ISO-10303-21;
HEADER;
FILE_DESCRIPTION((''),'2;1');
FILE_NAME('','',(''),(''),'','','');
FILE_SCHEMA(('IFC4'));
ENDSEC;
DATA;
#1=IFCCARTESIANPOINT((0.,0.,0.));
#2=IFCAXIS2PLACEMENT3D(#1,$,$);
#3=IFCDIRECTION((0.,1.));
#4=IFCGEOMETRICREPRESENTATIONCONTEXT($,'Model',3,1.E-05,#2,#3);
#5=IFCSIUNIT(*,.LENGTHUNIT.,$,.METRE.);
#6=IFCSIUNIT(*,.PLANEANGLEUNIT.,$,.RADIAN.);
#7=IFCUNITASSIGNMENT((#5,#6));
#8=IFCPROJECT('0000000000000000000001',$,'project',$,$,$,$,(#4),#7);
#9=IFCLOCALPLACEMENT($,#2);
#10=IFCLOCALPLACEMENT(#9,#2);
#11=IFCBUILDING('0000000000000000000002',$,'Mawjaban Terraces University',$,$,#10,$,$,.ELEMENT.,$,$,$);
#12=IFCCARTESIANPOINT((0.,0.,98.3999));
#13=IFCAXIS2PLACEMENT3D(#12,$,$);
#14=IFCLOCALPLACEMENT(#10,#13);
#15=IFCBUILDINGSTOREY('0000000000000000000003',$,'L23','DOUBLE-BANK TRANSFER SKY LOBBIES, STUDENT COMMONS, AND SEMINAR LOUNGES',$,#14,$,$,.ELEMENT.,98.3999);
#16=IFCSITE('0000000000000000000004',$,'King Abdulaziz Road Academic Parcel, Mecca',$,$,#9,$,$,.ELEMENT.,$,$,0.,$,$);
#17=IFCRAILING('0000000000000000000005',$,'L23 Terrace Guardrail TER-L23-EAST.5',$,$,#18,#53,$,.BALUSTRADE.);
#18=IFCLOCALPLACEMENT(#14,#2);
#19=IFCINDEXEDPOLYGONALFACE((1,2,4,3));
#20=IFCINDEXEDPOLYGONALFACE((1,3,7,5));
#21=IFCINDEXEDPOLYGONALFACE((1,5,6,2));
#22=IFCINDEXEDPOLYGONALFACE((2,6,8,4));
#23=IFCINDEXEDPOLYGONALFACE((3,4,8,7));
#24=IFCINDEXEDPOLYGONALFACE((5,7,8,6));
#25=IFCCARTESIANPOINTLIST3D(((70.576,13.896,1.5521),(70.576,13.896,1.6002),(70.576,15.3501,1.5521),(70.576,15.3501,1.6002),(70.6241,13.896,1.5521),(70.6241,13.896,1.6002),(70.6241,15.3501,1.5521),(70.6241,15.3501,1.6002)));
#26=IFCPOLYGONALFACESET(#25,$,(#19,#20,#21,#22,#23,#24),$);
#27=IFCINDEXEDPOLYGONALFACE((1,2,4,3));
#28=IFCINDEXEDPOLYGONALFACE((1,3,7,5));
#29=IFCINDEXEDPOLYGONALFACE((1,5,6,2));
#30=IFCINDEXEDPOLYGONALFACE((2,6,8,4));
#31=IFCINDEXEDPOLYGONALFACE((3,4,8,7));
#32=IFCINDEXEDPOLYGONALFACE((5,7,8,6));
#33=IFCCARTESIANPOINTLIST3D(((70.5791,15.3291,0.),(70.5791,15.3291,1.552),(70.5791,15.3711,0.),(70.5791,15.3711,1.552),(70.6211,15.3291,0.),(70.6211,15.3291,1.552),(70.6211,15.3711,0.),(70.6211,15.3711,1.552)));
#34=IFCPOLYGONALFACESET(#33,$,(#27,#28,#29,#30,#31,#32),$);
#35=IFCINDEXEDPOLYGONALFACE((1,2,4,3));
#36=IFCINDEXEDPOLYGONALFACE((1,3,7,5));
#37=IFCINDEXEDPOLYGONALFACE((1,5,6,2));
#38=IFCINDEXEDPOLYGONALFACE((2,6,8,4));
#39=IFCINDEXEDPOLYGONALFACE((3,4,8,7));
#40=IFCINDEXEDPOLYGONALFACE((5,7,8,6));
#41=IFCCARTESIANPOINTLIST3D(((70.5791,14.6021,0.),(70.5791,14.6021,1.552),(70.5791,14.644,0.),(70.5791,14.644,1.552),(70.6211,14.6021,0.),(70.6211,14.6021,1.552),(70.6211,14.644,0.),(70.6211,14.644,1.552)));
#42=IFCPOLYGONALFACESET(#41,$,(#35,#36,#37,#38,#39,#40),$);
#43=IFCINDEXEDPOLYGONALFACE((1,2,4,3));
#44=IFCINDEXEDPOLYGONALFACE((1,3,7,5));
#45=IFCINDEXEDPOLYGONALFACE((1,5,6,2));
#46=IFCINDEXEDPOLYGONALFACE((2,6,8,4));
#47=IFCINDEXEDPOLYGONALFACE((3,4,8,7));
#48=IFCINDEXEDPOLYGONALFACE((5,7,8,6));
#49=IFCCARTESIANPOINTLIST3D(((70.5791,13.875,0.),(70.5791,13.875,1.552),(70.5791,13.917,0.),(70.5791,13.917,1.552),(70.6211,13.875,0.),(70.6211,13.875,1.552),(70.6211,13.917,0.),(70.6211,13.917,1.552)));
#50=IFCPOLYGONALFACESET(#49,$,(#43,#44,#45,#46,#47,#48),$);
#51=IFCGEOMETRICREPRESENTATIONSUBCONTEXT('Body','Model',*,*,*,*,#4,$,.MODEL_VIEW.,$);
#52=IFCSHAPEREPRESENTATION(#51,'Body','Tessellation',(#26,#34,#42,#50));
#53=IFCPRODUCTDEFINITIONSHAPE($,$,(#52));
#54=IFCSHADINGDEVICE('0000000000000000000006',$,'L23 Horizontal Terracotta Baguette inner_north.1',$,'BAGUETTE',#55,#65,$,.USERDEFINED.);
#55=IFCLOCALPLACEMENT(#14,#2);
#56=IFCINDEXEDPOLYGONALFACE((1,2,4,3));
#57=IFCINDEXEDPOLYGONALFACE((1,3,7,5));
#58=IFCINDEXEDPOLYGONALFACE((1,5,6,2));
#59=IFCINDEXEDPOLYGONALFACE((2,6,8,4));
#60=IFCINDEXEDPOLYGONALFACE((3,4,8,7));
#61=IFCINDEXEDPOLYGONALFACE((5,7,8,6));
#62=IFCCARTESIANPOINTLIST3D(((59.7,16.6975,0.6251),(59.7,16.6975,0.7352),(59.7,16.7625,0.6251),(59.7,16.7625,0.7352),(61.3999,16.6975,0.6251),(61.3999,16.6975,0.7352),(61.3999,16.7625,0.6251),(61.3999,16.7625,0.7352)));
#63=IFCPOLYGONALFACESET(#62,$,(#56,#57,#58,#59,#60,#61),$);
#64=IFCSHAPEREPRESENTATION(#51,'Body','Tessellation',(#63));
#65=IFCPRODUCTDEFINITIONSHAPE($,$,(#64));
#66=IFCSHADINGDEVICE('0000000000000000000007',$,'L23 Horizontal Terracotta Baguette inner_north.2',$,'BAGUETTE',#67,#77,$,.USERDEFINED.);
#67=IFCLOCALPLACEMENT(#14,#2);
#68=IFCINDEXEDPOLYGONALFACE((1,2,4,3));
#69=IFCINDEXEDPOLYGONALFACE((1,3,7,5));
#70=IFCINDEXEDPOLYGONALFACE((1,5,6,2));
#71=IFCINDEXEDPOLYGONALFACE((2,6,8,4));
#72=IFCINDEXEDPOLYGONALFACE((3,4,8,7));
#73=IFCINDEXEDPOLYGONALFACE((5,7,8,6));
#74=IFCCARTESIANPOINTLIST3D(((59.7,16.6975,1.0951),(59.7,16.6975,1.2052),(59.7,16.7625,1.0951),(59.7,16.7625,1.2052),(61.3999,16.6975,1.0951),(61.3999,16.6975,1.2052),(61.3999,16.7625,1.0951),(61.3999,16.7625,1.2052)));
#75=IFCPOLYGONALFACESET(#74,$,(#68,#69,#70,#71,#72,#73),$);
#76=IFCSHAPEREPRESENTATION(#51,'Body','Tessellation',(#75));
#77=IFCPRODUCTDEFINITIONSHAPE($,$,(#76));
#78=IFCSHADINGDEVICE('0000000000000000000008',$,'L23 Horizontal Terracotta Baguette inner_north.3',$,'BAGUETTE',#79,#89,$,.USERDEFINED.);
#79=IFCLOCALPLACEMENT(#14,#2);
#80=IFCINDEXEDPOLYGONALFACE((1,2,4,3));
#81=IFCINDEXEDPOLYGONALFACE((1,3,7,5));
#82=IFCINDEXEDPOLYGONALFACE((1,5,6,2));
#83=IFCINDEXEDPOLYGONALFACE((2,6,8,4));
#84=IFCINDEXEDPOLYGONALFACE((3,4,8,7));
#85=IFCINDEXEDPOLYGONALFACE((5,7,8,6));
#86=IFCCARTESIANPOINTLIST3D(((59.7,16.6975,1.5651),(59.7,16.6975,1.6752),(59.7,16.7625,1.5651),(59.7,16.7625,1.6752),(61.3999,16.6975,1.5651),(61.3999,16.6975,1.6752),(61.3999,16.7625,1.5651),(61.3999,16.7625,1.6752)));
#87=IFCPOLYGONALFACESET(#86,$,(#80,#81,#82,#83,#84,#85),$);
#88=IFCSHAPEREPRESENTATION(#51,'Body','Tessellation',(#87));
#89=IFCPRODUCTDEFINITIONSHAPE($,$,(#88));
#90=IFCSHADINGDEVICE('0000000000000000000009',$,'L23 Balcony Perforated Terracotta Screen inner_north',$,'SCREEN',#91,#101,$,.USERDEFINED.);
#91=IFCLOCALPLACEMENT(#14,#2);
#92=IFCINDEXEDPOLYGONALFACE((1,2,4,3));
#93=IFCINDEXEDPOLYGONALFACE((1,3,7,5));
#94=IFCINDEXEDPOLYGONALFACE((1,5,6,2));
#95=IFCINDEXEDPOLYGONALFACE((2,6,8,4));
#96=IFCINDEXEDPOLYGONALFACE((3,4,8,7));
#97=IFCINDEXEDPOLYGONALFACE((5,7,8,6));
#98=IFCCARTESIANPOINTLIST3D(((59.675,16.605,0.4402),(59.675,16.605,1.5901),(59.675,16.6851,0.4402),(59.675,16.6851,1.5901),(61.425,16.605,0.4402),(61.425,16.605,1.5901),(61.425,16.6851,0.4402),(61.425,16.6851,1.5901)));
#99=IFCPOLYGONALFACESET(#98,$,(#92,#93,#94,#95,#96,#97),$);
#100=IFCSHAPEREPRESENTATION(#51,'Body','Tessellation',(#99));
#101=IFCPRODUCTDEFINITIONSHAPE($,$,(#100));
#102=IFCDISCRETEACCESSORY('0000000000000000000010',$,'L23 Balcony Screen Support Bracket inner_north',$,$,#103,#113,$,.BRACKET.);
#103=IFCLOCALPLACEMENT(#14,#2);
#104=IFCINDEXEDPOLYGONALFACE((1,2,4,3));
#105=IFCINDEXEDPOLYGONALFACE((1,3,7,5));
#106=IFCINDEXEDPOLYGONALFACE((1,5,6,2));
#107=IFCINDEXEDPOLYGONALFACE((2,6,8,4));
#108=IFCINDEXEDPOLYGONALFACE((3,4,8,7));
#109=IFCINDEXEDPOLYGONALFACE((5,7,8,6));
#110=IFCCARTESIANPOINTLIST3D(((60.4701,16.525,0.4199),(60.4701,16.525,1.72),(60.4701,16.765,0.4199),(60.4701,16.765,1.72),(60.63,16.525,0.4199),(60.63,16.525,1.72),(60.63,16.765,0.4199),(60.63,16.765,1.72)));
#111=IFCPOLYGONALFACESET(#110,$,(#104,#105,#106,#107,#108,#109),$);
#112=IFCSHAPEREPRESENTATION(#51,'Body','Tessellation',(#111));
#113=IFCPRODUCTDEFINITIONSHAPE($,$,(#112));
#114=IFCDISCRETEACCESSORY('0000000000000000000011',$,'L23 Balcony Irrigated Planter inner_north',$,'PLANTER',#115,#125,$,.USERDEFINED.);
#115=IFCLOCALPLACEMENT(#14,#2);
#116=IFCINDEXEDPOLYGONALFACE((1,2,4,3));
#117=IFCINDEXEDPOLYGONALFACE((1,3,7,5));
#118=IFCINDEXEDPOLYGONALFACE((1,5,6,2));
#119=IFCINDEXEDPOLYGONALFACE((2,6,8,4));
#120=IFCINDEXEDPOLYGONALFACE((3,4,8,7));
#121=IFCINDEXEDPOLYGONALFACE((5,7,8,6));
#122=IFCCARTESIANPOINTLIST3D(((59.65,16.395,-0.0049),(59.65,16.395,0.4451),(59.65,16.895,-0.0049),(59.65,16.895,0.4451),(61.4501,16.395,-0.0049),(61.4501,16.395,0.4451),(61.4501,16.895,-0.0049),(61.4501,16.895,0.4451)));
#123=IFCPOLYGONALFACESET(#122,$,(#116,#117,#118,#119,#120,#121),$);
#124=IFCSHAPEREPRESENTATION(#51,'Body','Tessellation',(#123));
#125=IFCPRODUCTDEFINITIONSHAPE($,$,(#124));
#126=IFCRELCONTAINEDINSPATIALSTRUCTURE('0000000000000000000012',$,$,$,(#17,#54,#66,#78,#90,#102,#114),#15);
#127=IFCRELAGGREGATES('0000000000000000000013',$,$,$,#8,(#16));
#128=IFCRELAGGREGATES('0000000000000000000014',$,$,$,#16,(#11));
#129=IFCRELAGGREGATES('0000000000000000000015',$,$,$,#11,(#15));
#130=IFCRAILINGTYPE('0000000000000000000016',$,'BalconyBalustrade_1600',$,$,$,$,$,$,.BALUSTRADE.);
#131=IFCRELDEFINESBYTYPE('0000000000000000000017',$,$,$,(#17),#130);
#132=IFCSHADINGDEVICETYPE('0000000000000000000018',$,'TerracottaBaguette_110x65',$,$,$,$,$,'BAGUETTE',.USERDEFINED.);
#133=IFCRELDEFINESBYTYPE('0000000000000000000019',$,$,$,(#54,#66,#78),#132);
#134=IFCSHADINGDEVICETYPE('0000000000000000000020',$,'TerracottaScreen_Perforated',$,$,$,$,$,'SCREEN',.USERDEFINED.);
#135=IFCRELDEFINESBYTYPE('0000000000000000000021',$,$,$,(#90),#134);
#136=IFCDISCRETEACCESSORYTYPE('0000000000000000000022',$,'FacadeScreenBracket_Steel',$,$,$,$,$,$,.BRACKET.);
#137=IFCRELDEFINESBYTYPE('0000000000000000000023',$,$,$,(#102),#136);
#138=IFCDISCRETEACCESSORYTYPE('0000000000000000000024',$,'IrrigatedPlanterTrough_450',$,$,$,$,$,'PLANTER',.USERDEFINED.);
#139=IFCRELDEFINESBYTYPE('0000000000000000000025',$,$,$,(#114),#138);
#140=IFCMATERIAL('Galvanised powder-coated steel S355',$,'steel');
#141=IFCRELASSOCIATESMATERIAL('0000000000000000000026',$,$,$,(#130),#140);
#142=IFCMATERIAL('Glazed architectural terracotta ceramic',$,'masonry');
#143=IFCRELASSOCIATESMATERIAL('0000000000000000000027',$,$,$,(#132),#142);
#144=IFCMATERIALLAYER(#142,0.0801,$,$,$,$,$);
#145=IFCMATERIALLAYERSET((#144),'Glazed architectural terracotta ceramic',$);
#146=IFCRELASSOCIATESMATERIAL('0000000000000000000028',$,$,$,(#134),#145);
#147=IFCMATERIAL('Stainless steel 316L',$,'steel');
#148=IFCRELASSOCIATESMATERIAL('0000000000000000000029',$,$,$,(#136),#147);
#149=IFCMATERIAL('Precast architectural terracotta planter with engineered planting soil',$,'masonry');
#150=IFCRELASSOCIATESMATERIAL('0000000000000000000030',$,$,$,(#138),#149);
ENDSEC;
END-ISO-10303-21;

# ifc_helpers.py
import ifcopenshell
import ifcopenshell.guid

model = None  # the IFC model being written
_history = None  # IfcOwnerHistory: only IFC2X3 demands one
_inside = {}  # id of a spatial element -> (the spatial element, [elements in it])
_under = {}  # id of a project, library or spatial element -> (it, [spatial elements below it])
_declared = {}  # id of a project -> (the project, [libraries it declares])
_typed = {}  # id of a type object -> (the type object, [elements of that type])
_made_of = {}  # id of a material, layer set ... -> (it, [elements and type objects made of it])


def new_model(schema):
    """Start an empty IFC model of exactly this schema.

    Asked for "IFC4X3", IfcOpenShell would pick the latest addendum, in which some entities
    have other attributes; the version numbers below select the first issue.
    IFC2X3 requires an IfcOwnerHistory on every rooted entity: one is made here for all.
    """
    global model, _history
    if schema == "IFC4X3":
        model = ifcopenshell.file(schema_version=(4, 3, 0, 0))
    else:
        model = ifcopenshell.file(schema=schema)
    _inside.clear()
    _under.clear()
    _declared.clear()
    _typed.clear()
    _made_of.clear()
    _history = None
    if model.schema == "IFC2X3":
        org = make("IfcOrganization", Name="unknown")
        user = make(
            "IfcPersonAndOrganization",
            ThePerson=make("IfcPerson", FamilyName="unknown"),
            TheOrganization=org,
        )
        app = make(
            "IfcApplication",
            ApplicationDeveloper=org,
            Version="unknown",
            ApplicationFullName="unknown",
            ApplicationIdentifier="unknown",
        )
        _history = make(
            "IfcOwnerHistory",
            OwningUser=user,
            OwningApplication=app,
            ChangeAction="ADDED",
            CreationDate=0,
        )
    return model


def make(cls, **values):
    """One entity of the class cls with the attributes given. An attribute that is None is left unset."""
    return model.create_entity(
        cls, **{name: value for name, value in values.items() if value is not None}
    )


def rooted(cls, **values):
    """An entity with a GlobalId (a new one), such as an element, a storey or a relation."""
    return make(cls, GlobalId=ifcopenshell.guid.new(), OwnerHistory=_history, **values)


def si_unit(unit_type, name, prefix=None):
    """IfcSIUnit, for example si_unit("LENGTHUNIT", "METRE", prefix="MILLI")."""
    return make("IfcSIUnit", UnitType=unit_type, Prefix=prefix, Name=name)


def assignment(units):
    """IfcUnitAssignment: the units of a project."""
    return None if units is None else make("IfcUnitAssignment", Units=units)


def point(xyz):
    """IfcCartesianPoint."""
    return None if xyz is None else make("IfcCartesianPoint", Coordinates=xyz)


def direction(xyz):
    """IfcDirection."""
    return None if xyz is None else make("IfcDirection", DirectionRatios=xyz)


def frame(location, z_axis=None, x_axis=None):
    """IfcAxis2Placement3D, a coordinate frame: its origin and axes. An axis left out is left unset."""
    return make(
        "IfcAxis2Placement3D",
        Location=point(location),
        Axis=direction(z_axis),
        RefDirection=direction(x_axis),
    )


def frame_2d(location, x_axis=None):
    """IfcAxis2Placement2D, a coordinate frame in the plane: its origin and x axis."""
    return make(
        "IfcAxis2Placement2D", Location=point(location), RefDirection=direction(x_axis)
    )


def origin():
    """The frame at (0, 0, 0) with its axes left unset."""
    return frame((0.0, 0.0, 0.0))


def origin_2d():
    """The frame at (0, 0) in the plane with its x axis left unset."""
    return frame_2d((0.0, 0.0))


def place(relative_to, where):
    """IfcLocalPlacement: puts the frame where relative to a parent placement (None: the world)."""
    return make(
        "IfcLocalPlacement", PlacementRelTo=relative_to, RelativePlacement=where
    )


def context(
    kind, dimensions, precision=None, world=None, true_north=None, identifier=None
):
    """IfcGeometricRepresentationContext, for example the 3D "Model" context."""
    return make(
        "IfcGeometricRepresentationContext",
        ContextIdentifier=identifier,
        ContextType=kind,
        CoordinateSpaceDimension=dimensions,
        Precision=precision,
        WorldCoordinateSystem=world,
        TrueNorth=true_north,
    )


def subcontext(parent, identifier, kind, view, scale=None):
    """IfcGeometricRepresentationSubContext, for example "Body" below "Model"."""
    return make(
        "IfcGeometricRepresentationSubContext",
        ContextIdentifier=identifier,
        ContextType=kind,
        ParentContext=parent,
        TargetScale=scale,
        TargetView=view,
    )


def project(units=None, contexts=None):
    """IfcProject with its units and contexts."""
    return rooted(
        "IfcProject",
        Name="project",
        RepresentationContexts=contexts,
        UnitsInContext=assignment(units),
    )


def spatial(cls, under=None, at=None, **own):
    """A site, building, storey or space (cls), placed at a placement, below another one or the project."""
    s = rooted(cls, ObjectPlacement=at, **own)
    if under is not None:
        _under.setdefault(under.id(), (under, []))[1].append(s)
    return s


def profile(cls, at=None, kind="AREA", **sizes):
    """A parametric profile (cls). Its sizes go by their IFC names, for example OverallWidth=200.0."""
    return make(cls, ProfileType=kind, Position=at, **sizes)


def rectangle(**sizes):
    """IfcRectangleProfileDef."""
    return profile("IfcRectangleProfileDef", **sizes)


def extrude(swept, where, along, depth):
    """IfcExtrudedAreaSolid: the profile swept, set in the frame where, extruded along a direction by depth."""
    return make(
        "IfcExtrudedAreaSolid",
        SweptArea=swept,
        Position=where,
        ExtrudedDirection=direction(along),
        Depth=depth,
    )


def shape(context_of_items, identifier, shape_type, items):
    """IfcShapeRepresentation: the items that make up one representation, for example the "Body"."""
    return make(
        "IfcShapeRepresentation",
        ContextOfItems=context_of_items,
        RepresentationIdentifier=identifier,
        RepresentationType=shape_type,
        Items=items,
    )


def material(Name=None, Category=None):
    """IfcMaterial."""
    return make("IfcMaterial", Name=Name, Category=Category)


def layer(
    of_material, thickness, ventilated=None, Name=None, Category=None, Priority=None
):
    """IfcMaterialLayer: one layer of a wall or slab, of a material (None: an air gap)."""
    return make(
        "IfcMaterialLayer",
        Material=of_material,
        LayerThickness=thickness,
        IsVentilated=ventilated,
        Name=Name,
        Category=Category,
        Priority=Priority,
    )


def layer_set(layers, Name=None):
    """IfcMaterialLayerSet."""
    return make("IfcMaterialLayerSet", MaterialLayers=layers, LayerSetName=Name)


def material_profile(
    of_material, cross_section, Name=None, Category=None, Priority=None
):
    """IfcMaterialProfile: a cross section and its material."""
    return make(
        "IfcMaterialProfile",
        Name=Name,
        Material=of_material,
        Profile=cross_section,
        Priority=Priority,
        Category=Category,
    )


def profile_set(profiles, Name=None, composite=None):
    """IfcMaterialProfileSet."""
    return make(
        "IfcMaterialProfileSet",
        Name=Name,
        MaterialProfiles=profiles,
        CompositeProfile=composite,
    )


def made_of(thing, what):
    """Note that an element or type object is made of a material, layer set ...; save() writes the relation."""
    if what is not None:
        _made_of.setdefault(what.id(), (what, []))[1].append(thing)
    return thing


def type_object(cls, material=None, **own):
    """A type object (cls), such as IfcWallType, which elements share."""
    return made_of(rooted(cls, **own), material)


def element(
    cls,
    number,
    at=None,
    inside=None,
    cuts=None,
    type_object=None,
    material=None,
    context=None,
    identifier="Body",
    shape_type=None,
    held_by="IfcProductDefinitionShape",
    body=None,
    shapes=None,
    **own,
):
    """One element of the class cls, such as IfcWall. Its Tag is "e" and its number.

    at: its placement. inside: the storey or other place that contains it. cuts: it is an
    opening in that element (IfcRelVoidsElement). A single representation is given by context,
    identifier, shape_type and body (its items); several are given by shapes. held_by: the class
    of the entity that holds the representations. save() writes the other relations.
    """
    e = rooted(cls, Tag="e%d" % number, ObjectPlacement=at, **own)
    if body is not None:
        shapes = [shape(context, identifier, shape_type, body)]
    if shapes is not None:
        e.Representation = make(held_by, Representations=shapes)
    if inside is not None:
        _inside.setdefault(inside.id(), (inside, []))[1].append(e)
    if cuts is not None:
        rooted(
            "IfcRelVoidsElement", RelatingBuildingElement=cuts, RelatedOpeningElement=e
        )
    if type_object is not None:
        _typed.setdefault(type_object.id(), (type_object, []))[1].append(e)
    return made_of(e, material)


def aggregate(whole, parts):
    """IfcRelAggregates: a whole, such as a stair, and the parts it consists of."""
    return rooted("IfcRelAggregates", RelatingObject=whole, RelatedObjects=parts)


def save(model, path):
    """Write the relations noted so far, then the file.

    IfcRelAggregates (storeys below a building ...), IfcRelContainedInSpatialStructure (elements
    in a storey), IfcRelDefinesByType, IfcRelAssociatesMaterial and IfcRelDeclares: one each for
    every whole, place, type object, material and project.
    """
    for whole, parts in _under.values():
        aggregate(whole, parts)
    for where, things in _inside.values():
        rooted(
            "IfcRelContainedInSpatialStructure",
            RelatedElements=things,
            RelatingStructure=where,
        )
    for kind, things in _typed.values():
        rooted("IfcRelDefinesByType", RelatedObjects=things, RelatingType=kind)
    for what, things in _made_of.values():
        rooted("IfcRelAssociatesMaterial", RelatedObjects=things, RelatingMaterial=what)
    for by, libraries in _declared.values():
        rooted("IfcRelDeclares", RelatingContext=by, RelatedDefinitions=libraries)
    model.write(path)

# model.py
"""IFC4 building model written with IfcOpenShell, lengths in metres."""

from ifc_helpers import new_model, si_unit, direction, frame, origin, origin_2d, place, context, subcontext, project, spatial, rectangle, extrude, material, layer, layer_set, material_profile, profile_set, type_object, element, save


model = new_model("IFC4")

# Units and contexts
model_context = context("Model", 3, precision=1e-05, world=origin(), true_north=direction((0.0, 1.0)))
body_context = subcontext(model_context, "Body", "Model", "MODEL_VIEW")
ifc_project = project(units=[si_unit("LENGTHUNIT", "METRE"), si_unit("PLANEANGLEUNIT", "RADIAN")], contexts=[model_context])

# Site, building, storey
site_placement = place(None, origin())
site = spatial("IfcSite", under=ifc_project, at=site_placement, Name="King Abdulaziz Road Academic Parcel, Mecca", CompositionType="ELEMENT", RefElevation=0.0)
building_placement = place(site_placement, origin())
building = spatial("IfcBuilding", under=site, at=building_placement, Name="Mawjaban Terraces University", CompositionType="ELEMENT")
storey_placement = place(building_placement, frame((0.0, 0.0, 98.3999)))
storey = spatial("IfcBuildingStorey", under=building, at=storey_placement, Name="L23", Description="DOUBLE-BANK TRANSFER SKY LOBBIES, STUDENT COMMONS, AND SEMINAR LOUNGES", CompositionType="ELEMENT", Elevation=98.3999)

# Railing
ifc_material_1 = material(Name="Galvanised powder-coated steel S355", Category="steel")
railing_type = type_object("IfcRailingType", Name="BalconyBalustrade_1600", PredefinedType="BALUSTRADE", material=ifc_material_1)
railing_1_placement = place(storey_placement, frame((70.6001, 15.3501, 0.0)))
element("IfcRailing", 1, at=railing_1_placement, inside=storey, type_object=railing_type, Name="L23 Terrace Guardrail TER-L23-EAST.5", PredefinedType="BALUSTRADE", context=body_context, shape_type="SweptSolid", body=[
    extrude(rectangle(XDim=0.0481, YDim=0.0481, at=origin_2d()), frame((0.0, 0.0, 1.5762), z_axis=(0.0, -1.0, 0.0), x_axis=(1.0, 0.0, 0.0)), (0.0, 0.0, 1.0), 1.4541),
    extrude(rectangle(XDim=0.042, YDim=0.042, at=origin_2d()), origin(), (0.0, 0.0, 1.0), 1.552),
    extrude(rectangle(XDim=0.042, YDim=0.042, at=origin_2d()), frame((0.0, -0.7271, 0.0)), (0.0, 0.0, 1.0), 1.552),
    extrude(rectangle(XDim=0.042, YDim=0.042, at=origin_2d()), frame((0.0, -1.4541, 0.0)), (0.0, 0.0, 1.0), 1.552),
])

# Shading devices
ifc_material_2 = material(Name="Glazed architectural terracotta ceramic", Category="masonry")
ifc_material_profile_1 = material_profile(ifc_material_2, rectangle(XDim=0.0649, YDim=0.1101, at=origin_2d()), Name="TBAG110X65")
ifc_profile_set_1 = profile_set([ifc_material_profile_1], Name="Glazed architectural terracotta ceramic")
shading_device_type_1 = type_object("IfcShadingDeviceType", Name="TerracottaBaguette_110x65", ElementType="BAGUETTE", PredefinedType="USERDEFINED", material=ifc_profile_set_1)
for number, where, z_axis, x_axis, name in (
    (2, (59.7, 16.73, 0.6802), (1.0, 0.0, 0.0), (0.0, 1.0, 0.0), "L23 Horizontal Terracotta Baguette inner_north.1"),
    (3, (59.7, 16.73, 1.1501), (1.0, 0.0, 0.0), (0.0, 1.0, 0.0), "L23 Horizontal Terracotta Baguette inner_north.2"),
    (4, (59.7, 16.73, 1.6201), (1.0, 0.0, 0.0), (0.0, 1.0, 0.0), "L23 Horizontal Terracotta Baguette inner_north.3"),
):
    element("IfcShadingDevice", number, at=place(storey_placement, frame(where, z_axis=z_axis, x_axis=x_axis)), inside=storey, type_object=shading_device_type_1, Name=name, ObjectType="BAGUETTE", PredefinedType="USERDEFINED", context=body_context, shape_type="SweptSolid", body=[
        extrude(rectangle(XDim=0.0649, YDim=0.1101, at=origin_2d()), origin(), (0.0, 0.0, 1.0), 1.7),
    ])
ifc_layer_1 = layer(ifc_material_2, 0.0801)
ifc_layer_set_1 = layer_set([ifc_layer_1], Name="Glazed architectural terracotta ceramic")
shading_device_type_2 = type_object("IfcShadingDeviceType", Name="TerracottaScreen_Perforated", ElementType="SCREEN", PredefinedType="USERDEFINED", material=ifc_layer_set_1)
shading_device_placement = place(storey_placement, frame((60.55, 16.645, 0.4402), z_axis=(0.0, 0.0, 1.0), x_axis=(1.0, 0.0, 0.0)))
element("IfcShadingDevice", 5, at=shading_device_placement, inside=storey, type_object=shading_device_type_2, Name="L23 Balcony Perforated Terracotta Screen inner_north", ObjectType="SCREEN", PredefinedType="USERDEFINED", context=body_context, shape_type="SweptSolid", body=[
    extrude(rectangle(XDim=1.75, YDim=0.0801, at=origin_2d()), origin(), (0.0, 0.0, 1.0), 1.1499),
])

# Discrete accessories
ifc_material_3 = material(Name="Stainless steel 316L", Category="steel")
discrete_accessory_type_1 = type_object("IfcDiscreteAccessoryType", Name="FacadeScreenBracket_Steel", PredefinedType="BRACKET", material=ifc_material_3)
discrete_accessory_1_placement = place(storey_placement, frame((60.55, 16.645, 0.4199), z_axis=(0.0, 0.0, 1.0), x_axis=(1.0, 0.0, 0.0)))
element("IfcDiscreteAccessory", 6, at=discrete_accessory_1_placement, inside=storey, type_object=discrete_accessory_type_1, Name="L23 Balcony Screen Support Bracket inner_north", PredefinedType="BRACKET", context=body_context, shape_type="SweptSolid", body=[
    extrude(rectangle(XDim=0.1599, YDim=0.24, at=origin_2d()), origin(), (0.0, 0.0, 1.0), 1.3),
])
ifc_material_4 = material(Name="Precast architectural terracotta planter with engineered planting soil", Category="masonry")
discrete_accessory_type_2 = type_object("IfcDiscreteAccessoryType", Name="IrrigatedPlanterTrough_450", ElementType="PLANTER", PredefinedType="USERDEFINED", material=ifc_material_4)
discrete_accessory_2_placement = place(storey_placement, frame((60.55, 16.645, -0.0049), z_axis=(0.0, 0.0, 1.0), x_axis=(1.0, 0.0, 0.0)))
element("IfcDiscreteAccessory", 7, at=discrete_accessory_2_placement, inside=storey, type_object=discrete_accessory_type_2, Name="L23 Balcony Irrigated Planter inner_north", ObjectType="PLANTER", PredefinedType="USERDEFINED", context=body_context, shape_type="SweptSolid", body=[
    extrude(rectangle(XDim=1.8, YDim=0.5, at=origin_2d()), origin(), (0.0, 0.0, 1.0), 0.45),
])

save(model, "model.ifc")
